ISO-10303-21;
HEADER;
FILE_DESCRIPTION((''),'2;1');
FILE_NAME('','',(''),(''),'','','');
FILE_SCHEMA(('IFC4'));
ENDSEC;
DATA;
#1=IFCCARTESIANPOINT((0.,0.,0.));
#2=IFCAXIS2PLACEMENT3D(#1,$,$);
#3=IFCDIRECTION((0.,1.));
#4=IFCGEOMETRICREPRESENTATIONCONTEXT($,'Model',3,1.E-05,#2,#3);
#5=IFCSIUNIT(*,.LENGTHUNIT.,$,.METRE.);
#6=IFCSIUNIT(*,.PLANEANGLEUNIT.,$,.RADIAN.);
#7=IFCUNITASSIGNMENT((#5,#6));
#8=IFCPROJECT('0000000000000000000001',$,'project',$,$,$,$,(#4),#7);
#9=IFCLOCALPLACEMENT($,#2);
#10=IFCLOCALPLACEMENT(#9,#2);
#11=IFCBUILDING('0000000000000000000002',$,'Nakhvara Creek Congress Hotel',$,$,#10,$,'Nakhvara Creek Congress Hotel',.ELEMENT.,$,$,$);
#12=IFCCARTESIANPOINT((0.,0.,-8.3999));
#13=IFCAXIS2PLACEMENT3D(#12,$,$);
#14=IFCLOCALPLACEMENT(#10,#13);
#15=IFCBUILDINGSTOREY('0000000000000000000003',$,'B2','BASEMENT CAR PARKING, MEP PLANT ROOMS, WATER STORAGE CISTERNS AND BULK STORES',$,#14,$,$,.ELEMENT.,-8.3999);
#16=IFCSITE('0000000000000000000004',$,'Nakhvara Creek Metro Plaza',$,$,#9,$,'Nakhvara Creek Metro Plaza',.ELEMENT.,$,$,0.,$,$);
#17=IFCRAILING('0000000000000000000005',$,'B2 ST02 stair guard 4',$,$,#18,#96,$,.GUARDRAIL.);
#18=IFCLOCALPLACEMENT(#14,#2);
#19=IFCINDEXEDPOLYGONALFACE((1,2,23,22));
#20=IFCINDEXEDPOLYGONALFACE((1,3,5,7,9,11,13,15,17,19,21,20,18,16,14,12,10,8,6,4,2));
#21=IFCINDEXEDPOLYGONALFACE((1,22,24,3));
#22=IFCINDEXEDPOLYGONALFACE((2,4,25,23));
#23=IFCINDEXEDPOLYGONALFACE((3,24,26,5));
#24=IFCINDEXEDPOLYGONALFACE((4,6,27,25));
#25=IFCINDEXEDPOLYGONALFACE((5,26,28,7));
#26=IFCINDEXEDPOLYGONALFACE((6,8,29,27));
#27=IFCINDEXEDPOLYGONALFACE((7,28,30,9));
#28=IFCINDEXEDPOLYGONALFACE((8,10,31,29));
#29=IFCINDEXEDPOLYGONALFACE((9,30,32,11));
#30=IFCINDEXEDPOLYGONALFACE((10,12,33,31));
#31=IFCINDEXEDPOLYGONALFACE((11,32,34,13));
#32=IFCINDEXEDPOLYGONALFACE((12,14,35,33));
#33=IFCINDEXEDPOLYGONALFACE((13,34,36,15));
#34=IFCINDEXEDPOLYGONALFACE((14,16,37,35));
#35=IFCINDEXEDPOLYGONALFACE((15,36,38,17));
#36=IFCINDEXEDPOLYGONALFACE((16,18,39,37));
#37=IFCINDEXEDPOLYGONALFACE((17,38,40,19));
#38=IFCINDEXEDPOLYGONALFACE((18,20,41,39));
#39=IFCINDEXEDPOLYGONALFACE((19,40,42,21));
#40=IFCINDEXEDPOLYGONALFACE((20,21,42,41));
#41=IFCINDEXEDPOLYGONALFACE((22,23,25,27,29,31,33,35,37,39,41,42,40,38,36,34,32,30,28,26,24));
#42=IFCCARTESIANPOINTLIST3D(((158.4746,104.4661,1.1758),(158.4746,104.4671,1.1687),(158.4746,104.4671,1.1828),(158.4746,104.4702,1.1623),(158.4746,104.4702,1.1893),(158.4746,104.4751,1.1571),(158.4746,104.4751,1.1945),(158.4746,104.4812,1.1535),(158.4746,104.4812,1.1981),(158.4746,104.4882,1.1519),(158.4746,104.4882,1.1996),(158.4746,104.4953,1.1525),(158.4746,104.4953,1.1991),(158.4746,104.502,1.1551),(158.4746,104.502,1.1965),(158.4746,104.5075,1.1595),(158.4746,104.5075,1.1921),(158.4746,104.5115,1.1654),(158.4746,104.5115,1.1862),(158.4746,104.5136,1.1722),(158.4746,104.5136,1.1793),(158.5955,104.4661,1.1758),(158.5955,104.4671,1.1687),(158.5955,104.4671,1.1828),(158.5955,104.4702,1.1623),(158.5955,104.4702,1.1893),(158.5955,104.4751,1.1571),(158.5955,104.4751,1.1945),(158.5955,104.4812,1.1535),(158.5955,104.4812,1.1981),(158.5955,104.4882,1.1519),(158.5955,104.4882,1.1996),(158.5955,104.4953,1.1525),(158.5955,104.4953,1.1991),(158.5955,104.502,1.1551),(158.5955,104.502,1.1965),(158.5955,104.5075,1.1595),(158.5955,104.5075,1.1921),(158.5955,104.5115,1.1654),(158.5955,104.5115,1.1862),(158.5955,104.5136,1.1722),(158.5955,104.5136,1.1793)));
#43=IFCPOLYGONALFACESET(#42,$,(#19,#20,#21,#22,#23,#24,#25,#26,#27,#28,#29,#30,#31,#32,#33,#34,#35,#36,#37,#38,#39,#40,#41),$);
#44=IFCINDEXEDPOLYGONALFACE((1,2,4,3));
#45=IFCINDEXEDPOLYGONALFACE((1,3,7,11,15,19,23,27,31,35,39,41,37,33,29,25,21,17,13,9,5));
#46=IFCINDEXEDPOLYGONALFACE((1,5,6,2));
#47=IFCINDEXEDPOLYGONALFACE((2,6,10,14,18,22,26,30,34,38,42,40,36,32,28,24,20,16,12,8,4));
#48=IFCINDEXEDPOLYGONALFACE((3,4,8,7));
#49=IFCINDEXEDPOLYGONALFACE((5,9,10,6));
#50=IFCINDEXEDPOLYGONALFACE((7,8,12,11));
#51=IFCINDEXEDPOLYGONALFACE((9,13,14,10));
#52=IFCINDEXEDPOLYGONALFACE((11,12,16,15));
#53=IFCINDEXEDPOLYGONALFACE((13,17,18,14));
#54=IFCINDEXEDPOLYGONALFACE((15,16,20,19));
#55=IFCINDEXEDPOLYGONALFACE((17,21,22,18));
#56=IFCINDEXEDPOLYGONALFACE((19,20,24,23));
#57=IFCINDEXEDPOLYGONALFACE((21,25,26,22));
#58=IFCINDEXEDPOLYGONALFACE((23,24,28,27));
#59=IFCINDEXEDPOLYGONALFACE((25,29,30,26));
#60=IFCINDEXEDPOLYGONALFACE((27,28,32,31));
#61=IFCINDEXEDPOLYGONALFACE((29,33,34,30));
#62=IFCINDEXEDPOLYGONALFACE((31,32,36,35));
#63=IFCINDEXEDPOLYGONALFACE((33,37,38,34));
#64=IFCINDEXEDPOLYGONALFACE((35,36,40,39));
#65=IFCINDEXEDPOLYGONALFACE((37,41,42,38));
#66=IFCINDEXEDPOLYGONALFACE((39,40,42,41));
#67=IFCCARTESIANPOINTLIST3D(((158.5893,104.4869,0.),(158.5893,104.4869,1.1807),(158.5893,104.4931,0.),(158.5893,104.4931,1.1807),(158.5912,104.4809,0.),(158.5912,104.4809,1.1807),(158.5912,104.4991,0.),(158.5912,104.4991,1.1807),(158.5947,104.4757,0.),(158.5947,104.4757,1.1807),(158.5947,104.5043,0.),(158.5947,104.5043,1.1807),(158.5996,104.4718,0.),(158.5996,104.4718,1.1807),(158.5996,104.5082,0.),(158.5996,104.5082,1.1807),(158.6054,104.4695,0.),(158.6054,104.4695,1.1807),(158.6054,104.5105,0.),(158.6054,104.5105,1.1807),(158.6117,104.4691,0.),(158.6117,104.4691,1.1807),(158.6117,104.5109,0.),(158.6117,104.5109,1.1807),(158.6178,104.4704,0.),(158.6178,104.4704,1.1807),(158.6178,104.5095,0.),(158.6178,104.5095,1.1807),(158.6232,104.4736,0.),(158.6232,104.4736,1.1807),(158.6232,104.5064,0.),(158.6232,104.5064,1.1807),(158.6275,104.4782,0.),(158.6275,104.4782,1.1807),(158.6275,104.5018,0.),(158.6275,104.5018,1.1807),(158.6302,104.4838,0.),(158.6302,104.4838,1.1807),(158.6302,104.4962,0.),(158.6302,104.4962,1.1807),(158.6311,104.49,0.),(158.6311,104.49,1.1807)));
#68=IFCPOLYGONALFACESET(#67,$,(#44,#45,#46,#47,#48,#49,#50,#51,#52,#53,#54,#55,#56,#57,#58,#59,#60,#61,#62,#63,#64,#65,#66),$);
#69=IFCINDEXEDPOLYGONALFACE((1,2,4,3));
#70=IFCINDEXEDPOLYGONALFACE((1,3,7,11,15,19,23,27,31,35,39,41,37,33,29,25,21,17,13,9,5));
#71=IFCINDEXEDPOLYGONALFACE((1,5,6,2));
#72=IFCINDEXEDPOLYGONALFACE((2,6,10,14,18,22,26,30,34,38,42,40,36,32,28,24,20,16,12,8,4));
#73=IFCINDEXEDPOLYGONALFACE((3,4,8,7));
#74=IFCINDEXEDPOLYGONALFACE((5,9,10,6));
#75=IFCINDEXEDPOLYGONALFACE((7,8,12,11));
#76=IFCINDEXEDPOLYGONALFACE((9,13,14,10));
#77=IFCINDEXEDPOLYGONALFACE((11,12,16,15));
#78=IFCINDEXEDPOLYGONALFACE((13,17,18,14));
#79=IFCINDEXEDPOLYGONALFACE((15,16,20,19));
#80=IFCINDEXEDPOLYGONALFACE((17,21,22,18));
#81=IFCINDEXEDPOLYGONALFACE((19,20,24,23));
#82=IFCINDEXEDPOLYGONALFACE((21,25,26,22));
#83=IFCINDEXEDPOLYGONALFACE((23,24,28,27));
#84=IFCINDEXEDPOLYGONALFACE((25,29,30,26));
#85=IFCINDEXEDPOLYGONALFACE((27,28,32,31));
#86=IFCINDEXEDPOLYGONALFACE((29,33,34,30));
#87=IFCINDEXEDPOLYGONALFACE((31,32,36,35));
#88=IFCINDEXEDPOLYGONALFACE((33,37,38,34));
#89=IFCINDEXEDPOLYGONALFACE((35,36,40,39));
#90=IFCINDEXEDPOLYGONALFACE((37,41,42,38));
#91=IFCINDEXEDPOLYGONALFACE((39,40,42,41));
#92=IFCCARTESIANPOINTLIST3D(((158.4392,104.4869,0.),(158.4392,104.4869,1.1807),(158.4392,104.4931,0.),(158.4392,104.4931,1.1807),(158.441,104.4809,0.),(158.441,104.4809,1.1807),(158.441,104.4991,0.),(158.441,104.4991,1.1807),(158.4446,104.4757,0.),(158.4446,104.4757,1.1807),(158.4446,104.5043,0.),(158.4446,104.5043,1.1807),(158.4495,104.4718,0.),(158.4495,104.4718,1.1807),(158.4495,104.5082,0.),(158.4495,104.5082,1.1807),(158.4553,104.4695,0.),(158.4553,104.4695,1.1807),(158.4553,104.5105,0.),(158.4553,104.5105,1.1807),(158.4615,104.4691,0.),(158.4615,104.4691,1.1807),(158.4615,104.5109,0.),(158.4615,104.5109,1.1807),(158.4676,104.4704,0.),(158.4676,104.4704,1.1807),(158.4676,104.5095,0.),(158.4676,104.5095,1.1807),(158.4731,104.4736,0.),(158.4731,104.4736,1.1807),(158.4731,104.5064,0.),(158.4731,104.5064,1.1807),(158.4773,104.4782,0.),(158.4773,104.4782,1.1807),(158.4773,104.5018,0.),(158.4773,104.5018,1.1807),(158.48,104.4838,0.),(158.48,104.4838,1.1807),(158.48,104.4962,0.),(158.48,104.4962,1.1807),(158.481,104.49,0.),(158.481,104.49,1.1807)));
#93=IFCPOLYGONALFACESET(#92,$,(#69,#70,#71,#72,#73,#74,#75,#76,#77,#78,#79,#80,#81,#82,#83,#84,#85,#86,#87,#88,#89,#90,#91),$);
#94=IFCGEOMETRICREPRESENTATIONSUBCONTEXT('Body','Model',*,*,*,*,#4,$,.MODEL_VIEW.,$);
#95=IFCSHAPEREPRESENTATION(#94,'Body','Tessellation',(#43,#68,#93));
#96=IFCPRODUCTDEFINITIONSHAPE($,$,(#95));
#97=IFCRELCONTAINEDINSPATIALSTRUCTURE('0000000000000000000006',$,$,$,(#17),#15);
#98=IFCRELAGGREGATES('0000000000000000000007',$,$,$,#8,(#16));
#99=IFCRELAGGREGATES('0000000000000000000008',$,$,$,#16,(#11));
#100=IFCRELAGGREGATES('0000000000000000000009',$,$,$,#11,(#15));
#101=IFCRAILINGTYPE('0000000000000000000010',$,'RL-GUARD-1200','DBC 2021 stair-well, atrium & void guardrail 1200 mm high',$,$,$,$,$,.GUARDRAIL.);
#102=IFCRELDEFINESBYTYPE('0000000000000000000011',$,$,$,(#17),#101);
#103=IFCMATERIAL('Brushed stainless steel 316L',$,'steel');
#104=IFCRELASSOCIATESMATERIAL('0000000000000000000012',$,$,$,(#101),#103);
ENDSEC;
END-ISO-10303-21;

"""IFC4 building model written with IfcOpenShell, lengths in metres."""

from ifc_helpers import new_model, si_unit, direction, frame, origin, origin_2d, place, context, subcontext, project, spatial, circle, extrude, material, type_object, element, save


model = new_model("IFC4")

# Units and contexts
model_context = context("Model", 3, precision=1e-05, world=origin(), true_north=direction((0.0, 1.0)))
body_context = subcontext(model_context, "Body", "Model", "MODEL_VIEW")
ifc_project = project(units=[si_unit("LENGTHUNIT", "METRE"), si_unit("PLANEANGLEUNIT", "RADIAN")], contexts=[model_context])

# Site, building, storey
site_placement = place(None, origin())
site = spatial("IfcSite", under=ifc_project, at=site_placement, Name="Nakhvara Creek Metro Plaza", LongName="Nakhvara Creek Metro Plaza", CompositionType="ELEMENT", RefElevation=0.0)
building_placement = place(site_placement, origin())
building = spatial("IfcBuilding", under=site, at=building_placement, Name="Nakhvara Creek Congress Hotel", LongName="Nakhvara Creek Congress Hotel", CompositionType="ELEMENT")
storey_placement = place(building_placement, frame((0.0, 0.0, -8.3999)))
storey = spatial("IfcBuildingStorey", under=building, at=storey_placement, Name="B2", Description="BASEMENT CAR PARKING, MEP PLANT ROOMS, WATER STORAGE CISTERNS AND BULK STORES", CompositionType="ELEMENT", Elevation=-8.3999)

# Railing
ifc_material_1 = material(Name="Brushed stainless steel 316L", Category="steel")
railing_type_1 = type_object("IfcRailingType", Name="RL-GUARD-1200", Description="DBC 2021 stair-well, atrium & void guardrail 1200 mm high", PredefinedType="GUARDRAIL", material=ifc_material_1)
railing_1_placement = place(storey_placement, frame((158.6101, 104.49, 0.0)))
element("IfcRailing", 1, at=railing_1_placement, inside=storey, type_object=railing_type_1, Name="B2 ST02 stair guard 4", PredefinedType="GUARDRAIL", context=body_context, shape_type="SweptSolid", body=[
    extrude(circle(Radius=0.0239, at=origin_2d()), frame((-0.0146, 0.0, 1.1758), z_axis=(-1.0, 0.0, 0.0), x_axis=(0.0, -1.0, 0.0)), (0.0, 0.0, 1.0), 0.1208),
    extrude(circle(Radius=0.021, at=origin_2d()), origin(), (0.0, 0.0, 1.0), 1.1807),
    extrude(circle(Radius=0.021, at=origin_2d()), frame((-0.1501, 0.0, 0.0)), (0.0, 0.0, 1.0), 1.1807),
])

save(model, "model.ifc")
